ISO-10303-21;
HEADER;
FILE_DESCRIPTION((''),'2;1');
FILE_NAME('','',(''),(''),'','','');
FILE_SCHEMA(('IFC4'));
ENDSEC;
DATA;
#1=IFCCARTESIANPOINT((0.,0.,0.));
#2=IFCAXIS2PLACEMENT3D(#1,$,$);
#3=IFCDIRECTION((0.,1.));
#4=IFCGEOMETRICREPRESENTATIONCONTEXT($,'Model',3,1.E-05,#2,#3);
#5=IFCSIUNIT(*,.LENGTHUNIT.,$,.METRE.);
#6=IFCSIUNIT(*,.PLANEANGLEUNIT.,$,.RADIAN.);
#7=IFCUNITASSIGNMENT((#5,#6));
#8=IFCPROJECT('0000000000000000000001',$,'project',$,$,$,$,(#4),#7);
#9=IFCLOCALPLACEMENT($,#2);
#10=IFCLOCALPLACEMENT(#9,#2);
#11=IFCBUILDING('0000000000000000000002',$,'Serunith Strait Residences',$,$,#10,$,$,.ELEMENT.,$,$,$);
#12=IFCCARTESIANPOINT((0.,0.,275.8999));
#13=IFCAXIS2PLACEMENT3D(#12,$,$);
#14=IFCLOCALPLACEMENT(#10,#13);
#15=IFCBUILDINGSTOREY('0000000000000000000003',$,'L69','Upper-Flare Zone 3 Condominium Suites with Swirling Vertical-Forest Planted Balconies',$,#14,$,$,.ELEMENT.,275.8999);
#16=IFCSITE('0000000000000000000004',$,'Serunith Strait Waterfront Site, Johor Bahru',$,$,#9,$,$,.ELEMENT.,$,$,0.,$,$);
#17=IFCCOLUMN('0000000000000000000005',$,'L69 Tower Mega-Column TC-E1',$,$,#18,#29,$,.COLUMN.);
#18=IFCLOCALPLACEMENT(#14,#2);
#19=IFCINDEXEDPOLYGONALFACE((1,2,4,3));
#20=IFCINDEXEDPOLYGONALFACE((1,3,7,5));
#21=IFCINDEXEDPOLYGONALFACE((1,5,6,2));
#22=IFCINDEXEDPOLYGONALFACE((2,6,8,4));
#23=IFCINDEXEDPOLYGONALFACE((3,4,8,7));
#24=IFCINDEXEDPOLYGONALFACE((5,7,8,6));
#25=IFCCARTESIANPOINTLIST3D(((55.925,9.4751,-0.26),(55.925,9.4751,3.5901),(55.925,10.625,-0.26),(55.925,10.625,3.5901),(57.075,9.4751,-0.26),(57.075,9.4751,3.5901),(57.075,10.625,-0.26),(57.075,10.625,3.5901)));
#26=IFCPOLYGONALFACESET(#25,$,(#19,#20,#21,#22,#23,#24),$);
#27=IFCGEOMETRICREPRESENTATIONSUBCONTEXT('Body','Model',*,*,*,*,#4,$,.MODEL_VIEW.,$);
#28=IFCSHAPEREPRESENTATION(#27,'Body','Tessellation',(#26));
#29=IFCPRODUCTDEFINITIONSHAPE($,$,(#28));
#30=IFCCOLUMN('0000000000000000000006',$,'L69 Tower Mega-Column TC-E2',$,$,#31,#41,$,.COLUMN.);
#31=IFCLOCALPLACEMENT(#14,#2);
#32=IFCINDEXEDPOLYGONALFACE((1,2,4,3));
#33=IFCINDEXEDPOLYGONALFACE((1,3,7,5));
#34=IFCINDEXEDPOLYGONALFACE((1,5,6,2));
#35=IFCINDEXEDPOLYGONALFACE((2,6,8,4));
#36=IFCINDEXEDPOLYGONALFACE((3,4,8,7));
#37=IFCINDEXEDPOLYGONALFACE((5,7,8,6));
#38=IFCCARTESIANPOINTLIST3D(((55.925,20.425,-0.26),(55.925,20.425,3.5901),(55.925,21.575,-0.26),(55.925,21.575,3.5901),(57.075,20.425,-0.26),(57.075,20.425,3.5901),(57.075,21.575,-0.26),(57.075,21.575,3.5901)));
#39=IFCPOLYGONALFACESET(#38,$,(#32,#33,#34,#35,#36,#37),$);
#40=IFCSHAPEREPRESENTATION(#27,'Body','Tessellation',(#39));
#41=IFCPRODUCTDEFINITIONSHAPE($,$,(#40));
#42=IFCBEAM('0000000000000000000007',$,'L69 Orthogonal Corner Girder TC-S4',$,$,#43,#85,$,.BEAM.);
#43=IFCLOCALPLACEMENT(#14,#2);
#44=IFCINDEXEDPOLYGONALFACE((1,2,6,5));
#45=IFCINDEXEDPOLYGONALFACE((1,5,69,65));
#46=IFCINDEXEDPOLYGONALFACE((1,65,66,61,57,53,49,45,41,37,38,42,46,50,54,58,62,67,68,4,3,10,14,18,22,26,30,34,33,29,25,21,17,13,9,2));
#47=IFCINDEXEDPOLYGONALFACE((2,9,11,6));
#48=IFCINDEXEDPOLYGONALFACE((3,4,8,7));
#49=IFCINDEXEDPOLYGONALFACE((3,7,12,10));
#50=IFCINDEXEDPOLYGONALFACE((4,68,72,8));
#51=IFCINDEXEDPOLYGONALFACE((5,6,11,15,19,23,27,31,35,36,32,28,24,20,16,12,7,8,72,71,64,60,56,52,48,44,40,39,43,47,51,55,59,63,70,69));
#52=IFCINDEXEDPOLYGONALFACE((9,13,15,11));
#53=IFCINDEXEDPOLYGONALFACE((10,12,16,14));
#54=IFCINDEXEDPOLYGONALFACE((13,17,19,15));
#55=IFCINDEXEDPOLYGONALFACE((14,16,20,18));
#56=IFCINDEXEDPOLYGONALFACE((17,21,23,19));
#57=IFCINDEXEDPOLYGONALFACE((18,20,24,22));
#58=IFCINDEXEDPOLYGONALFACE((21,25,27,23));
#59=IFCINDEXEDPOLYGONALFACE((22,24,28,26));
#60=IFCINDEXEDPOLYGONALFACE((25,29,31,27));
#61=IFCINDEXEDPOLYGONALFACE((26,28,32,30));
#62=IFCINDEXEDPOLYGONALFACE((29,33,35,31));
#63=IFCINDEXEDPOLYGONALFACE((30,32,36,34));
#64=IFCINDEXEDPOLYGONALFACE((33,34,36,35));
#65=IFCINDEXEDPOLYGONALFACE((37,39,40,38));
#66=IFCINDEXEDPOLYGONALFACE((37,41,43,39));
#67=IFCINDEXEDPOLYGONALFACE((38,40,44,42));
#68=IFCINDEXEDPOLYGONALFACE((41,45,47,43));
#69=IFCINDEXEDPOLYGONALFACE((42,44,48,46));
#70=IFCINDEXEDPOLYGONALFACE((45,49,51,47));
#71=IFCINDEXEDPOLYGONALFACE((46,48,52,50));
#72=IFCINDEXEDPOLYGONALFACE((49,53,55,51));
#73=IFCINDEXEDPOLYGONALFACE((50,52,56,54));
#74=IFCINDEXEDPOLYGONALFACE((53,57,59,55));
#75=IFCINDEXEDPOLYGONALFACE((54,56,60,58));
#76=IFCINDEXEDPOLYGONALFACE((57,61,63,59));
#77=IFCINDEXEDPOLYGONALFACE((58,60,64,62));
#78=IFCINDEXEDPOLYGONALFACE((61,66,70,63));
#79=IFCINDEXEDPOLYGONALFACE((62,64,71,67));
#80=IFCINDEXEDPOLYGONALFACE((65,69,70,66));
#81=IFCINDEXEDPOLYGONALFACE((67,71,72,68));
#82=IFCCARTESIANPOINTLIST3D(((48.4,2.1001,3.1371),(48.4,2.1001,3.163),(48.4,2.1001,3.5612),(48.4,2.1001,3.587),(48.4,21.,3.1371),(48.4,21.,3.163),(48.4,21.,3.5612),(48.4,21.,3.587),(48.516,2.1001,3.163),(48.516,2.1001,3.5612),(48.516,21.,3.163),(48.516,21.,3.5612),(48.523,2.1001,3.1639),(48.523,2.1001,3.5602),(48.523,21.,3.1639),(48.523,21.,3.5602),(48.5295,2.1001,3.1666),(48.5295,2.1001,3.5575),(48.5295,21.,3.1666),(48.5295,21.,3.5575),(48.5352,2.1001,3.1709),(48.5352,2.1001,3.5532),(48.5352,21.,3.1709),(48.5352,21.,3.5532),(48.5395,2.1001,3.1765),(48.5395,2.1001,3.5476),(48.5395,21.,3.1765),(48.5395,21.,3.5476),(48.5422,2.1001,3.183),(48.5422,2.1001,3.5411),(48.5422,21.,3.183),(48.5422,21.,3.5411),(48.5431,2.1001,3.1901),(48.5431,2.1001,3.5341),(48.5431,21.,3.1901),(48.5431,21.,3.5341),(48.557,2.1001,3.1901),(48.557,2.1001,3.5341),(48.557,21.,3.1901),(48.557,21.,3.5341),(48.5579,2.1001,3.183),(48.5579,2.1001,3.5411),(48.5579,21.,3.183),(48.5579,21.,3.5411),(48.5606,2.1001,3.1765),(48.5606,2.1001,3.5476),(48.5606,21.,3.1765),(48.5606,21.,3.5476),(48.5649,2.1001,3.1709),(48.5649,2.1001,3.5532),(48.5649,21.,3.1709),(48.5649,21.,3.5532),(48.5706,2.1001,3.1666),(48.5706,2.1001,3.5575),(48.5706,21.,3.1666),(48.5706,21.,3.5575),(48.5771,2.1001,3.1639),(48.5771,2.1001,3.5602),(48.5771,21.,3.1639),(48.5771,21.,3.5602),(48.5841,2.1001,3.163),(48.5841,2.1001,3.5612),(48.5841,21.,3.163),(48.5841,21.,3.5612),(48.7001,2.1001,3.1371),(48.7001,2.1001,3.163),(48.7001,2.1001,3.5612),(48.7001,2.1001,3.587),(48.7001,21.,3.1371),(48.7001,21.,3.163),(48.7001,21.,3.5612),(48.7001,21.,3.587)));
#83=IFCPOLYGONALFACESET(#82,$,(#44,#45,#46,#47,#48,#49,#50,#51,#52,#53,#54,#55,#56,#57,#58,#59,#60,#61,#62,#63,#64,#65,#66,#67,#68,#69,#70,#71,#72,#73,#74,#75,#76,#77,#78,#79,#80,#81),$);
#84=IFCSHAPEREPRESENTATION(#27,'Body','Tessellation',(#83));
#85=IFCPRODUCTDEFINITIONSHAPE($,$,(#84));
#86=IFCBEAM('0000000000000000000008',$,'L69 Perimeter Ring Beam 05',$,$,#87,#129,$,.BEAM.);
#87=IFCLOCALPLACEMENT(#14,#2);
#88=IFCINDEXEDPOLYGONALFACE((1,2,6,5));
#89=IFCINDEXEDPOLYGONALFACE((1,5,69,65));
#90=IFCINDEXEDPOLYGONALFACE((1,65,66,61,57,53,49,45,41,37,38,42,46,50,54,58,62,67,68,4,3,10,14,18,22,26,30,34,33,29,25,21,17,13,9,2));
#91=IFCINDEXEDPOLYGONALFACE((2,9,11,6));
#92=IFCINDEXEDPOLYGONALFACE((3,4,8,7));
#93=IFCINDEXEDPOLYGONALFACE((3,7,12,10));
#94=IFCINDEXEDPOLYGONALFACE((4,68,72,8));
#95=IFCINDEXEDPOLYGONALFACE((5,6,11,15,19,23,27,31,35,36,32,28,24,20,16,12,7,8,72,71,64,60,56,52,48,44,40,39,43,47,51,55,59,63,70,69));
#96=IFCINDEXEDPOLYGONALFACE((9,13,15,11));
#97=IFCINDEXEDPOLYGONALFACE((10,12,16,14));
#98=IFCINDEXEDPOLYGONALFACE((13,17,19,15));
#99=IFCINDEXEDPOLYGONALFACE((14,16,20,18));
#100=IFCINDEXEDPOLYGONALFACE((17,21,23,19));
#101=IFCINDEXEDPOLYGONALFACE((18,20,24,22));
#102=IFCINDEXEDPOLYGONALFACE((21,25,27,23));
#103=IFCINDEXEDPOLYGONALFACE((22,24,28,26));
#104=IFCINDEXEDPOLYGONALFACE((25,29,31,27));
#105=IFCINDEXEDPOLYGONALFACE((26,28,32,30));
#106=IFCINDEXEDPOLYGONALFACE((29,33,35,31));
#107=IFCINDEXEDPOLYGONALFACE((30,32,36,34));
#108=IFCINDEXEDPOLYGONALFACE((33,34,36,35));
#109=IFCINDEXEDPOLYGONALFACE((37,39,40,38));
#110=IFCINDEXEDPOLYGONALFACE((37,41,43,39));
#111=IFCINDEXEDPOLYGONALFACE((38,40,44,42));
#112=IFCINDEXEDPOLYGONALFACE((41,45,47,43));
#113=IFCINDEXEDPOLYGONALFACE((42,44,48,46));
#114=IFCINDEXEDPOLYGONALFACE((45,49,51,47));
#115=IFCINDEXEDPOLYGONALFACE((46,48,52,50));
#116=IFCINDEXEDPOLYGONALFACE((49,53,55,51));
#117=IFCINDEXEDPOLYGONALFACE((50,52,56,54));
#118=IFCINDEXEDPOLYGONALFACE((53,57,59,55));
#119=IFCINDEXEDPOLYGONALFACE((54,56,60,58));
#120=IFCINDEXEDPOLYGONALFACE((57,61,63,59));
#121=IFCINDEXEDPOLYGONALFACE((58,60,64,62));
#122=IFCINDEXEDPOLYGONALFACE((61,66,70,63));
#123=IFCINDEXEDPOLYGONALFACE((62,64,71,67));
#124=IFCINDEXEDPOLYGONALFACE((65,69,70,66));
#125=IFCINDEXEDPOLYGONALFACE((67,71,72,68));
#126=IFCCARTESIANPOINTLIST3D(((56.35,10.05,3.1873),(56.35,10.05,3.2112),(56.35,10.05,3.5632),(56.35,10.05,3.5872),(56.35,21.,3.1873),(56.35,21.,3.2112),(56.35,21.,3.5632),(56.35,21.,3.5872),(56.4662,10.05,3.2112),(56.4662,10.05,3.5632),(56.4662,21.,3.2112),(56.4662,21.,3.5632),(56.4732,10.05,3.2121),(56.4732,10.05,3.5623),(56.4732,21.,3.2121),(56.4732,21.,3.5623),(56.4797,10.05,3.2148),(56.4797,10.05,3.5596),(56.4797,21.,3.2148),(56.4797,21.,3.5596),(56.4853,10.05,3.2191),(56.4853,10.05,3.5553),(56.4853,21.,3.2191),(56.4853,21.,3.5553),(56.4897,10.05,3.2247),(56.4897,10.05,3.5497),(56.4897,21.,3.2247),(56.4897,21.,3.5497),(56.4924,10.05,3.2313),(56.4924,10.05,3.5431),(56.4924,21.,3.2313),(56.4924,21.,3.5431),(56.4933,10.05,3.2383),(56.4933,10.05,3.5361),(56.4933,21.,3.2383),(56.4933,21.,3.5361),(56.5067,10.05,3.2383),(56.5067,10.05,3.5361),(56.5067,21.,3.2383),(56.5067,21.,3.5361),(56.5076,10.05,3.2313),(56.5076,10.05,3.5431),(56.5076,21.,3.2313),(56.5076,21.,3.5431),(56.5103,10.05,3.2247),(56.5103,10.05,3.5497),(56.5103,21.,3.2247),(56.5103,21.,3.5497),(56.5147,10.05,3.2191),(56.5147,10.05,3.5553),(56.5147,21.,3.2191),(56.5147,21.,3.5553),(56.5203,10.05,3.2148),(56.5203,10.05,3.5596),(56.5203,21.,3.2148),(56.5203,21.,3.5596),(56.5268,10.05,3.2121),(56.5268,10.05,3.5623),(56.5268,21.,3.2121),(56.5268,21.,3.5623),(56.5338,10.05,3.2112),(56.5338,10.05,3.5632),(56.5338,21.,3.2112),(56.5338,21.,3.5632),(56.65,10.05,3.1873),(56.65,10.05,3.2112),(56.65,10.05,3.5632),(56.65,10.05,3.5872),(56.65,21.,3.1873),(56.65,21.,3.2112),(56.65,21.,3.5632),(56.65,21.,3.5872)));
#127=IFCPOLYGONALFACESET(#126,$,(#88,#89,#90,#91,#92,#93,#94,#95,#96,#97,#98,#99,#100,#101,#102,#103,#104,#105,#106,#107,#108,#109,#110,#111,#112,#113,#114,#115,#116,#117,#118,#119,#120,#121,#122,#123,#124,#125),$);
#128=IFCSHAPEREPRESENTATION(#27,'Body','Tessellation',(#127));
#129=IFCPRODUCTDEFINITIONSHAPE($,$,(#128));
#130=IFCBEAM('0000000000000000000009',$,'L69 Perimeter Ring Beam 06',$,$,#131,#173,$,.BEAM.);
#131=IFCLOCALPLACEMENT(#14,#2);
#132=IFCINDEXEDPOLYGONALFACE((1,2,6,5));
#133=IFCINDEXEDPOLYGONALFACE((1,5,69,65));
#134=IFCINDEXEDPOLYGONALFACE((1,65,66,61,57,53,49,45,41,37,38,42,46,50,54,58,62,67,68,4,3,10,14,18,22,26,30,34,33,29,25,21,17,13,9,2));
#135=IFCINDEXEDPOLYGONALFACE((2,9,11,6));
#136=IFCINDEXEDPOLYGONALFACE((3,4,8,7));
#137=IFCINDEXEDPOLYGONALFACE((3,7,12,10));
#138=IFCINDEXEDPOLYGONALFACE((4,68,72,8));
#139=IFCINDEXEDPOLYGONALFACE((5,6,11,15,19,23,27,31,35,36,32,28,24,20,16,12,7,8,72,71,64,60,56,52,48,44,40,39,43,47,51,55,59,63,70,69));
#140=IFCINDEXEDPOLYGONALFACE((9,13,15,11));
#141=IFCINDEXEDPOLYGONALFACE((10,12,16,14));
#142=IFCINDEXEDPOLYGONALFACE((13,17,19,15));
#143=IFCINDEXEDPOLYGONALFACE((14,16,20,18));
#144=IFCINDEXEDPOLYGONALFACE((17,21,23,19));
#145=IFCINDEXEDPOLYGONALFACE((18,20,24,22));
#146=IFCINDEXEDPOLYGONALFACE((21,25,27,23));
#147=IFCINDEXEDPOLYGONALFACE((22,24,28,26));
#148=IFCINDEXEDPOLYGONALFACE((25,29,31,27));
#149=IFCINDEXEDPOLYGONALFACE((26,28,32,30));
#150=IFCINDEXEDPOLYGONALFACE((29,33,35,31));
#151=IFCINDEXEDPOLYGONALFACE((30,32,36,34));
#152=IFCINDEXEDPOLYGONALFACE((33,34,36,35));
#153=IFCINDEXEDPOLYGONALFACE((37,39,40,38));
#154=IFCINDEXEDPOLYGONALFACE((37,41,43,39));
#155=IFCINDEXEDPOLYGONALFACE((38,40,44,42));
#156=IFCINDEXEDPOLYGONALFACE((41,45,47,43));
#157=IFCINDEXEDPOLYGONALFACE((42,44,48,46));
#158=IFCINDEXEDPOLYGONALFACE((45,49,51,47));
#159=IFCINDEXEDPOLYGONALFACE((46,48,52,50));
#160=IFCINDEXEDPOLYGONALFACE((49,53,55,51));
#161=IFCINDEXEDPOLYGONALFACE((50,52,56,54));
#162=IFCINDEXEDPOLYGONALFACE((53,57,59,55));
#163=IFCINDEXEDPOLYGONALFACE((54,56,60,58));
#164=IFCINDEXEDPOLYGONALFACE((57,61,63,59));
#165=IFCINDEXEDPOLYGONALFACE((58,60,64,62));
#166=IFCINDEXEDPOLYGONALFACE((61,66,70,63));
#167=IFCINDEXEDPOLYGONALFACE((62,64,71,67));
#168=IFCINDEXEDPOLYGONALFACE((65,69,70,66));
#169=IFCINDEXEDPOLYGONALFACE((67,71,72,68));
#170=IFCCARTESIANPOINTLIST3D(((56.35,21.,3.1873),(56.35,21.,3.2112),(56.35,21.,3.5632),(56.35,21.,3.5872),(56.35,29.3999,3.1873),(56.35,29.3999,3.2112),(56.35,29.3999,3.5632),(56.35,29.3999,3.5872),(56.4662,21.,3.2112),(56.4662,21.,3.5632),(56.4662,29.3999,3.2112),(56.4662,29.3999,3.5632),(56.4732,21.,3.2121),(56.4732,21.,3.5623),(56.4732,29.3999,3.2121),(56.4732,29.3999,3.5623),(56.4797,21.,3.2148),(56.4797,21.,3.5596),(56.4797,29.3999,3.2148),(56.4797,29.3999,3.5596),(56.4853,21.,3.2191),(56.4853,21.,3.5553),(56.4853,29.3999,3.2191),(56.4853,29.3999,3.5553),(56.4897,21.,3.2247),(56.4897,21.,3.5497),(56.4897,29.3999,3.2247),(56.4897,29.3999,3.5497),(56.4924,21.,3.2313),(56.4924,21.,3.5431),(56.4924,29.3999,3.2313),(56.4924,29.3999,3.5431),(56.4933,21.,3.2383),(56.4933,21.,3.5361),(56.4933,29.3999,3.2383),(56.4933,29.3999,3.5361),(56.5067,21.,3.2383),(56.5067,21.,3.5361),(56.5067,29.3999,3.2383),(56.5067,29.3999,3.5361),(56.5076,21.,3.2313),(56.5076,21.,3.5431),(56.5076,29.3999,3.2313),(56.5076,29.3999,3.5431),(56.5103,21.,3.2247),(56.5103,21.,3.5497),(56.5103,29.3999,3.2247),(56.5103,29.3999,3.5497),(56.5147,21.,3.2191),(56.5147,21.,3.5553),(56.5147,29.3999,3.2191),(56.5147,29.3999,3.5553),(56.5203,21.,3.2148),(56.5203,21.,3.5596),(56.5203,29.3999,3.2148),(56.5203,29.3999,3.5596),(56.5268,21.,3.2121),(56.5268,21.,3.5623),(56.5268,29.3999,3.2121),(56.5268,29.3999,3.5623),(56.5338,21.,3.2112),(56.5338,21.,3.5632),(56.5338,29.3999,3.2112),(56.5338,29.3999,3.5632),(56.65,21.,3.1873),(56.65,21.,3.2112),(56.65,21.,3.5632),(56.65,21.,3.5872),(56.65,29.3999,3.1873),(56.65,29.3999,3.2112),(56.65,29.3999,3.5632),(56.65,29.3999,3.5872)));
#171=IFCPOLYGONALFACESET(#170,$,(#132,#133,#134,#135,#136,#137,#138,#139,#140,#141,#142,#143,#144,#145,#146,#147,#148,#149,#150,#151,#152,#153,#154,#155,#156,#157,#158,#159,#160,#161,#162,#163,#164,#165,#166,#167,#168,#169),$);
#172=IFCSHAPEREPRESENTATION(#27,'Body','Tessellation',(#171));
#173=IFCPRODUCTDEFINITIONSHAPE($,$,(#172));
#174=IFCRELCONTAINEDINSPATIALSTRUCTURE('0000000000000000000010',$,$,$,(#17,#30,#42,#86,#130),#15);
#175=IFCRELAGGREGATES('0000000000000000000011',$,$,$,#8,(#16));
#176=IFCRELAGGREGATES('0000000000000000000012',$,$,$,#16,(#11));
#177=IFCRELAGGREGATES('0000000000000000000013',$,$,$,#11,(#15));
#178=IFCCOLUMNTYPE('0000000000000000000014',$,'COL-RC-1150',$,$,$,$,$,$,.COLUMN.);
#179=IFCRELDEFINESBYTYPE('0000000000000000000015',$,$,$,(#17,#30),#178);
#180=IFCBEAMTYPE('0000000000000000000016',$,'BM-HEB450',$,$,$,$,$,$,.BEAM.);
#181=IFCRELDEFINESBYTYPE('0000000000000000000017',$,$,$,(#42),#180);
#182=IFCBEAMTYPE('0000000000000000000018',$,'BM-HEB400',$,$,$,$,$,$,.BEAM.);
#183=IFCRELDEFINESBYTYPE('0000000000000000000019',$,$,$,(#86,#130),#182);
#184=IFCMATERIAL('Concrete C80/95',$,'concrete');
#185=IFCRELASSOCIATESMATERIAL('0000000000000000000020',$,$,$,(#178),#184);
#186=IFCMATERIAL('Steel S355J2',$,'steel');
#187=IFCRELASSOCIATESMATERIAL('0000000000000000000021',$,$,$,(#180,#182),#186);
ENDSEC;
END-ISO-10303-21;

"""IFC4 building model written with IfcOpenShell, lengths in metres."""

from ifc_helpers import new_model, si_unit, direction, frame, origin, origin_2d, place, context, subcontext, project, spatial, rectangle, i_section, extrude, source, transform, mapped, material, material_profile, profile_set, type_object, element, save


model = new_model("IFC4")

# Units and contexts
model_context = context("Model", 3, precision=1e-05, world=origin(), true_north=direction((0.0, 1.0)))
body_context = subcontext(model_context, "Body", "Model", "MODEL_VIEW")
ifc_project = project(units=[si_unit("LENGTHUNIT", "METRE"), si_unit("PLANEANGLEUNIT", "RADIAN")], contexts=[model_context])

# Site, building, storey
site_placement = place(None, origin())
site = spatial("IfcSite", under=ifc_project, at=site_placement, Name="Serunith Strait Waterfront Site, Johor Bahru", CompositionType="ELEMENT", RefElevation=0.0)
building_placement = place(site_placement, origin())
building = spatial("IfcBuilding", under=site, at=building_placement, Name="Serunith Strait Residences", CompositionType="ELEMENT")
storey_placement = place(building_placement, frame((0.0, 0.0, 275.8999)))
storey = spatial("IfcBuildingStorey", under=building, at=storey_placement, Name="L69", Description="Upper-Flare Zone 3 Condominium Suites with Swirling Vertical-Forest Planted Balconies", CompositionType="ELEMENT", Elevation=275.8999)

# Columns
ifc_material_1 = material(Name="Concrete C80/95", Category="concrete")
ifc_material_profile_1 = material_profile(ifc_material_1, rectangle(XDim=1.1499, YDim=1.1499, at=origin_2d()), Name="RC 1150x1150")
ifc_profile_set_1 = profile_set([ifc_material_profile_1], Name="Concrete C80/95")
column_type = type_object("IfcColumnType", Name="COL-RC-1150", PredefinedType="COLUMN", material=ifc_profile_set_1)
shared_shape_1 = source(origin(), body_context, "Body", "SweptSolid", [
    extrude(rectangle(XDim=1.1499, YDim=1.1499, at=origin_2d()), origin(), (0.0, 0.0, 1.0), 3.8501),
])
for number, where, z_axis, x_axis, name in (
    (1, (56.5, 10.05, -0.26), (0.0, 0.0, 1.0), (1.0, 0.0, 0.0), "L69 Tower Mega-Column TC-E1"),
    (2, (56.5, 21.0, -0.26), (0.0, 0.0, 1.0), (1.0, 0.0, 0.0), "L69 Tower Mega-Column TC-E2"),
):
    element("IfcColumn", number, at=place(storey_placement, frame(where, z_axis=z_axis, x_axis=x_axis)), inside=storey, type_object=column_type, Name=name, PredefinedType="COLUMN", context=body_context, shape_type="MappedRepresentation", body=[
        mapped(shared_shape_1, transform((0.0, 0.0, 0.0), scale=1.0)),
    ])

# Beams
ifc_material_2 = material(Name="Steel S355J2", Category="steel")
ifc_material_profile_2 = material_profile(ifc_material_2, i_section(OverallWidth=0.3, OverallDepth=0.45, WebThickness=0.0139, FlangeThickness=0.0259, FilletRadius=0.0271, at=origin_2d()), Name="HEB 450")
ifc_profile_set_2 = profile_set([ifc_material_profile_2], Name="Steel S355J2")
beam_type_1 = type_object("IfcBeamType", Name="BM-HEB450", PredefinedType="BEAM", material=ifc_profile_set_2)
shared_shape_2 = source(origin(), body_context, "Body", "SweptSolid", [
    extrude(i_section(OverallWidth=0.3, OverallDepth=0.45, WebThickness=0.0139, FlangeThickness=0.0259, FilletRadius=0.0271, at=origin_2d()), origin(), (0.0, 0.0, 1.0), 18.8999),
])
beam_1_placement = place(storey_placement, frame((48.55, 21.0, 3.3621), z_axis=(0.0, -1.0, 0.0), x_axis=(1.0, 0.0, 0.0)))
element("IfcBeam", 3, at=beam_1_placement, inside=storey, type_object=beam_type_1, Name="L69 Orthogonal Corner Girder TC-S4", PredefinedType="BEAM", context=body_context, shape_type="MappedRepresentation", body=[
    mapped(shared_shape_2, transform((0.0, 0.0, 0.0), scale=1.0)),
])
ifc_material_profile_3 = material_profile(ifc_material_2, i_section(OverallWidth=0.3, OverallDepth=0.3999, WebThickness=0.0134, FlangeThickness=0.0239, FilletRadius=0.0271, at=origin_2d()), Name="HEB 400")
ifc_profile_set_3 = profile_set([ifc_material_profile_3], Name="Steel S355J2")
beam_type_2 = type_object("IfcBeamType", Name="BM-HEB400", PredefinedType="BEAM", material=ifc_profile_set_3)
shared_shape_3 = source(origin(), body_context, "Body", "SweptSolid", [
    extrude(i_section(OverallWidth=0.3, OverallDepth=0.3999, WebThickness=0.0134, FlangeThickness=0.0239, FilletRadius=0.0271, at=origin_2d()), origin(), (0.0, 0.0, 1.0), 10.95),
])
beam_2_placement = place(storey_placement, frame((56.5, 10.05, 3.3872), z_axis=(0.0, 1.0, 0.0), x_axis=(-1.0, 0.0, 0.0)))
element("IfcBeam", 4, at=beam_2_placement, inside=storey, type_object=beam_type_2, Name="L69 Perimeter Ring Beam 05", PredefinedType="BEAM", context=body_context, shape_type="MappedRepresentation", body=[
    mapped(shared_shape_3, transform((0.0, 0.0, 0.0), scale=1.0)),
])
shared_shape_4 = source(origin(), body_context, "Body", "SweptSolid", [
    extrude(i_section(OverallWidth=0.3, OverallDepth=0.3999, WebThickness=0.0134, FlangeThickness=0.0239, FilletRadius=0.0271, at=origin_2d()), origin(), (0.0, 0.0, 1.0), 8.3999),
])
beam_3_placement = place(storey_placement, frame((56.5, 21.0, 3.3872), z_axis=(0.0, 1.0, 0.0), x_axis=(-1.0, 0.0, 0.0)))
element("IfcBeam", 5, at=beam_3_placement, inside=storey, type_object=beam_type_2, Name="L69 Perimeter Ring Beam 06", PredefinedType="BEAM", context=body_context, shape_type="MappedRepresentation", body=[
    mapped(shared_shape_4, transform((0.0, 0.0, 0.0), scale=1.0)),
])

save(model, "model.ifc")
